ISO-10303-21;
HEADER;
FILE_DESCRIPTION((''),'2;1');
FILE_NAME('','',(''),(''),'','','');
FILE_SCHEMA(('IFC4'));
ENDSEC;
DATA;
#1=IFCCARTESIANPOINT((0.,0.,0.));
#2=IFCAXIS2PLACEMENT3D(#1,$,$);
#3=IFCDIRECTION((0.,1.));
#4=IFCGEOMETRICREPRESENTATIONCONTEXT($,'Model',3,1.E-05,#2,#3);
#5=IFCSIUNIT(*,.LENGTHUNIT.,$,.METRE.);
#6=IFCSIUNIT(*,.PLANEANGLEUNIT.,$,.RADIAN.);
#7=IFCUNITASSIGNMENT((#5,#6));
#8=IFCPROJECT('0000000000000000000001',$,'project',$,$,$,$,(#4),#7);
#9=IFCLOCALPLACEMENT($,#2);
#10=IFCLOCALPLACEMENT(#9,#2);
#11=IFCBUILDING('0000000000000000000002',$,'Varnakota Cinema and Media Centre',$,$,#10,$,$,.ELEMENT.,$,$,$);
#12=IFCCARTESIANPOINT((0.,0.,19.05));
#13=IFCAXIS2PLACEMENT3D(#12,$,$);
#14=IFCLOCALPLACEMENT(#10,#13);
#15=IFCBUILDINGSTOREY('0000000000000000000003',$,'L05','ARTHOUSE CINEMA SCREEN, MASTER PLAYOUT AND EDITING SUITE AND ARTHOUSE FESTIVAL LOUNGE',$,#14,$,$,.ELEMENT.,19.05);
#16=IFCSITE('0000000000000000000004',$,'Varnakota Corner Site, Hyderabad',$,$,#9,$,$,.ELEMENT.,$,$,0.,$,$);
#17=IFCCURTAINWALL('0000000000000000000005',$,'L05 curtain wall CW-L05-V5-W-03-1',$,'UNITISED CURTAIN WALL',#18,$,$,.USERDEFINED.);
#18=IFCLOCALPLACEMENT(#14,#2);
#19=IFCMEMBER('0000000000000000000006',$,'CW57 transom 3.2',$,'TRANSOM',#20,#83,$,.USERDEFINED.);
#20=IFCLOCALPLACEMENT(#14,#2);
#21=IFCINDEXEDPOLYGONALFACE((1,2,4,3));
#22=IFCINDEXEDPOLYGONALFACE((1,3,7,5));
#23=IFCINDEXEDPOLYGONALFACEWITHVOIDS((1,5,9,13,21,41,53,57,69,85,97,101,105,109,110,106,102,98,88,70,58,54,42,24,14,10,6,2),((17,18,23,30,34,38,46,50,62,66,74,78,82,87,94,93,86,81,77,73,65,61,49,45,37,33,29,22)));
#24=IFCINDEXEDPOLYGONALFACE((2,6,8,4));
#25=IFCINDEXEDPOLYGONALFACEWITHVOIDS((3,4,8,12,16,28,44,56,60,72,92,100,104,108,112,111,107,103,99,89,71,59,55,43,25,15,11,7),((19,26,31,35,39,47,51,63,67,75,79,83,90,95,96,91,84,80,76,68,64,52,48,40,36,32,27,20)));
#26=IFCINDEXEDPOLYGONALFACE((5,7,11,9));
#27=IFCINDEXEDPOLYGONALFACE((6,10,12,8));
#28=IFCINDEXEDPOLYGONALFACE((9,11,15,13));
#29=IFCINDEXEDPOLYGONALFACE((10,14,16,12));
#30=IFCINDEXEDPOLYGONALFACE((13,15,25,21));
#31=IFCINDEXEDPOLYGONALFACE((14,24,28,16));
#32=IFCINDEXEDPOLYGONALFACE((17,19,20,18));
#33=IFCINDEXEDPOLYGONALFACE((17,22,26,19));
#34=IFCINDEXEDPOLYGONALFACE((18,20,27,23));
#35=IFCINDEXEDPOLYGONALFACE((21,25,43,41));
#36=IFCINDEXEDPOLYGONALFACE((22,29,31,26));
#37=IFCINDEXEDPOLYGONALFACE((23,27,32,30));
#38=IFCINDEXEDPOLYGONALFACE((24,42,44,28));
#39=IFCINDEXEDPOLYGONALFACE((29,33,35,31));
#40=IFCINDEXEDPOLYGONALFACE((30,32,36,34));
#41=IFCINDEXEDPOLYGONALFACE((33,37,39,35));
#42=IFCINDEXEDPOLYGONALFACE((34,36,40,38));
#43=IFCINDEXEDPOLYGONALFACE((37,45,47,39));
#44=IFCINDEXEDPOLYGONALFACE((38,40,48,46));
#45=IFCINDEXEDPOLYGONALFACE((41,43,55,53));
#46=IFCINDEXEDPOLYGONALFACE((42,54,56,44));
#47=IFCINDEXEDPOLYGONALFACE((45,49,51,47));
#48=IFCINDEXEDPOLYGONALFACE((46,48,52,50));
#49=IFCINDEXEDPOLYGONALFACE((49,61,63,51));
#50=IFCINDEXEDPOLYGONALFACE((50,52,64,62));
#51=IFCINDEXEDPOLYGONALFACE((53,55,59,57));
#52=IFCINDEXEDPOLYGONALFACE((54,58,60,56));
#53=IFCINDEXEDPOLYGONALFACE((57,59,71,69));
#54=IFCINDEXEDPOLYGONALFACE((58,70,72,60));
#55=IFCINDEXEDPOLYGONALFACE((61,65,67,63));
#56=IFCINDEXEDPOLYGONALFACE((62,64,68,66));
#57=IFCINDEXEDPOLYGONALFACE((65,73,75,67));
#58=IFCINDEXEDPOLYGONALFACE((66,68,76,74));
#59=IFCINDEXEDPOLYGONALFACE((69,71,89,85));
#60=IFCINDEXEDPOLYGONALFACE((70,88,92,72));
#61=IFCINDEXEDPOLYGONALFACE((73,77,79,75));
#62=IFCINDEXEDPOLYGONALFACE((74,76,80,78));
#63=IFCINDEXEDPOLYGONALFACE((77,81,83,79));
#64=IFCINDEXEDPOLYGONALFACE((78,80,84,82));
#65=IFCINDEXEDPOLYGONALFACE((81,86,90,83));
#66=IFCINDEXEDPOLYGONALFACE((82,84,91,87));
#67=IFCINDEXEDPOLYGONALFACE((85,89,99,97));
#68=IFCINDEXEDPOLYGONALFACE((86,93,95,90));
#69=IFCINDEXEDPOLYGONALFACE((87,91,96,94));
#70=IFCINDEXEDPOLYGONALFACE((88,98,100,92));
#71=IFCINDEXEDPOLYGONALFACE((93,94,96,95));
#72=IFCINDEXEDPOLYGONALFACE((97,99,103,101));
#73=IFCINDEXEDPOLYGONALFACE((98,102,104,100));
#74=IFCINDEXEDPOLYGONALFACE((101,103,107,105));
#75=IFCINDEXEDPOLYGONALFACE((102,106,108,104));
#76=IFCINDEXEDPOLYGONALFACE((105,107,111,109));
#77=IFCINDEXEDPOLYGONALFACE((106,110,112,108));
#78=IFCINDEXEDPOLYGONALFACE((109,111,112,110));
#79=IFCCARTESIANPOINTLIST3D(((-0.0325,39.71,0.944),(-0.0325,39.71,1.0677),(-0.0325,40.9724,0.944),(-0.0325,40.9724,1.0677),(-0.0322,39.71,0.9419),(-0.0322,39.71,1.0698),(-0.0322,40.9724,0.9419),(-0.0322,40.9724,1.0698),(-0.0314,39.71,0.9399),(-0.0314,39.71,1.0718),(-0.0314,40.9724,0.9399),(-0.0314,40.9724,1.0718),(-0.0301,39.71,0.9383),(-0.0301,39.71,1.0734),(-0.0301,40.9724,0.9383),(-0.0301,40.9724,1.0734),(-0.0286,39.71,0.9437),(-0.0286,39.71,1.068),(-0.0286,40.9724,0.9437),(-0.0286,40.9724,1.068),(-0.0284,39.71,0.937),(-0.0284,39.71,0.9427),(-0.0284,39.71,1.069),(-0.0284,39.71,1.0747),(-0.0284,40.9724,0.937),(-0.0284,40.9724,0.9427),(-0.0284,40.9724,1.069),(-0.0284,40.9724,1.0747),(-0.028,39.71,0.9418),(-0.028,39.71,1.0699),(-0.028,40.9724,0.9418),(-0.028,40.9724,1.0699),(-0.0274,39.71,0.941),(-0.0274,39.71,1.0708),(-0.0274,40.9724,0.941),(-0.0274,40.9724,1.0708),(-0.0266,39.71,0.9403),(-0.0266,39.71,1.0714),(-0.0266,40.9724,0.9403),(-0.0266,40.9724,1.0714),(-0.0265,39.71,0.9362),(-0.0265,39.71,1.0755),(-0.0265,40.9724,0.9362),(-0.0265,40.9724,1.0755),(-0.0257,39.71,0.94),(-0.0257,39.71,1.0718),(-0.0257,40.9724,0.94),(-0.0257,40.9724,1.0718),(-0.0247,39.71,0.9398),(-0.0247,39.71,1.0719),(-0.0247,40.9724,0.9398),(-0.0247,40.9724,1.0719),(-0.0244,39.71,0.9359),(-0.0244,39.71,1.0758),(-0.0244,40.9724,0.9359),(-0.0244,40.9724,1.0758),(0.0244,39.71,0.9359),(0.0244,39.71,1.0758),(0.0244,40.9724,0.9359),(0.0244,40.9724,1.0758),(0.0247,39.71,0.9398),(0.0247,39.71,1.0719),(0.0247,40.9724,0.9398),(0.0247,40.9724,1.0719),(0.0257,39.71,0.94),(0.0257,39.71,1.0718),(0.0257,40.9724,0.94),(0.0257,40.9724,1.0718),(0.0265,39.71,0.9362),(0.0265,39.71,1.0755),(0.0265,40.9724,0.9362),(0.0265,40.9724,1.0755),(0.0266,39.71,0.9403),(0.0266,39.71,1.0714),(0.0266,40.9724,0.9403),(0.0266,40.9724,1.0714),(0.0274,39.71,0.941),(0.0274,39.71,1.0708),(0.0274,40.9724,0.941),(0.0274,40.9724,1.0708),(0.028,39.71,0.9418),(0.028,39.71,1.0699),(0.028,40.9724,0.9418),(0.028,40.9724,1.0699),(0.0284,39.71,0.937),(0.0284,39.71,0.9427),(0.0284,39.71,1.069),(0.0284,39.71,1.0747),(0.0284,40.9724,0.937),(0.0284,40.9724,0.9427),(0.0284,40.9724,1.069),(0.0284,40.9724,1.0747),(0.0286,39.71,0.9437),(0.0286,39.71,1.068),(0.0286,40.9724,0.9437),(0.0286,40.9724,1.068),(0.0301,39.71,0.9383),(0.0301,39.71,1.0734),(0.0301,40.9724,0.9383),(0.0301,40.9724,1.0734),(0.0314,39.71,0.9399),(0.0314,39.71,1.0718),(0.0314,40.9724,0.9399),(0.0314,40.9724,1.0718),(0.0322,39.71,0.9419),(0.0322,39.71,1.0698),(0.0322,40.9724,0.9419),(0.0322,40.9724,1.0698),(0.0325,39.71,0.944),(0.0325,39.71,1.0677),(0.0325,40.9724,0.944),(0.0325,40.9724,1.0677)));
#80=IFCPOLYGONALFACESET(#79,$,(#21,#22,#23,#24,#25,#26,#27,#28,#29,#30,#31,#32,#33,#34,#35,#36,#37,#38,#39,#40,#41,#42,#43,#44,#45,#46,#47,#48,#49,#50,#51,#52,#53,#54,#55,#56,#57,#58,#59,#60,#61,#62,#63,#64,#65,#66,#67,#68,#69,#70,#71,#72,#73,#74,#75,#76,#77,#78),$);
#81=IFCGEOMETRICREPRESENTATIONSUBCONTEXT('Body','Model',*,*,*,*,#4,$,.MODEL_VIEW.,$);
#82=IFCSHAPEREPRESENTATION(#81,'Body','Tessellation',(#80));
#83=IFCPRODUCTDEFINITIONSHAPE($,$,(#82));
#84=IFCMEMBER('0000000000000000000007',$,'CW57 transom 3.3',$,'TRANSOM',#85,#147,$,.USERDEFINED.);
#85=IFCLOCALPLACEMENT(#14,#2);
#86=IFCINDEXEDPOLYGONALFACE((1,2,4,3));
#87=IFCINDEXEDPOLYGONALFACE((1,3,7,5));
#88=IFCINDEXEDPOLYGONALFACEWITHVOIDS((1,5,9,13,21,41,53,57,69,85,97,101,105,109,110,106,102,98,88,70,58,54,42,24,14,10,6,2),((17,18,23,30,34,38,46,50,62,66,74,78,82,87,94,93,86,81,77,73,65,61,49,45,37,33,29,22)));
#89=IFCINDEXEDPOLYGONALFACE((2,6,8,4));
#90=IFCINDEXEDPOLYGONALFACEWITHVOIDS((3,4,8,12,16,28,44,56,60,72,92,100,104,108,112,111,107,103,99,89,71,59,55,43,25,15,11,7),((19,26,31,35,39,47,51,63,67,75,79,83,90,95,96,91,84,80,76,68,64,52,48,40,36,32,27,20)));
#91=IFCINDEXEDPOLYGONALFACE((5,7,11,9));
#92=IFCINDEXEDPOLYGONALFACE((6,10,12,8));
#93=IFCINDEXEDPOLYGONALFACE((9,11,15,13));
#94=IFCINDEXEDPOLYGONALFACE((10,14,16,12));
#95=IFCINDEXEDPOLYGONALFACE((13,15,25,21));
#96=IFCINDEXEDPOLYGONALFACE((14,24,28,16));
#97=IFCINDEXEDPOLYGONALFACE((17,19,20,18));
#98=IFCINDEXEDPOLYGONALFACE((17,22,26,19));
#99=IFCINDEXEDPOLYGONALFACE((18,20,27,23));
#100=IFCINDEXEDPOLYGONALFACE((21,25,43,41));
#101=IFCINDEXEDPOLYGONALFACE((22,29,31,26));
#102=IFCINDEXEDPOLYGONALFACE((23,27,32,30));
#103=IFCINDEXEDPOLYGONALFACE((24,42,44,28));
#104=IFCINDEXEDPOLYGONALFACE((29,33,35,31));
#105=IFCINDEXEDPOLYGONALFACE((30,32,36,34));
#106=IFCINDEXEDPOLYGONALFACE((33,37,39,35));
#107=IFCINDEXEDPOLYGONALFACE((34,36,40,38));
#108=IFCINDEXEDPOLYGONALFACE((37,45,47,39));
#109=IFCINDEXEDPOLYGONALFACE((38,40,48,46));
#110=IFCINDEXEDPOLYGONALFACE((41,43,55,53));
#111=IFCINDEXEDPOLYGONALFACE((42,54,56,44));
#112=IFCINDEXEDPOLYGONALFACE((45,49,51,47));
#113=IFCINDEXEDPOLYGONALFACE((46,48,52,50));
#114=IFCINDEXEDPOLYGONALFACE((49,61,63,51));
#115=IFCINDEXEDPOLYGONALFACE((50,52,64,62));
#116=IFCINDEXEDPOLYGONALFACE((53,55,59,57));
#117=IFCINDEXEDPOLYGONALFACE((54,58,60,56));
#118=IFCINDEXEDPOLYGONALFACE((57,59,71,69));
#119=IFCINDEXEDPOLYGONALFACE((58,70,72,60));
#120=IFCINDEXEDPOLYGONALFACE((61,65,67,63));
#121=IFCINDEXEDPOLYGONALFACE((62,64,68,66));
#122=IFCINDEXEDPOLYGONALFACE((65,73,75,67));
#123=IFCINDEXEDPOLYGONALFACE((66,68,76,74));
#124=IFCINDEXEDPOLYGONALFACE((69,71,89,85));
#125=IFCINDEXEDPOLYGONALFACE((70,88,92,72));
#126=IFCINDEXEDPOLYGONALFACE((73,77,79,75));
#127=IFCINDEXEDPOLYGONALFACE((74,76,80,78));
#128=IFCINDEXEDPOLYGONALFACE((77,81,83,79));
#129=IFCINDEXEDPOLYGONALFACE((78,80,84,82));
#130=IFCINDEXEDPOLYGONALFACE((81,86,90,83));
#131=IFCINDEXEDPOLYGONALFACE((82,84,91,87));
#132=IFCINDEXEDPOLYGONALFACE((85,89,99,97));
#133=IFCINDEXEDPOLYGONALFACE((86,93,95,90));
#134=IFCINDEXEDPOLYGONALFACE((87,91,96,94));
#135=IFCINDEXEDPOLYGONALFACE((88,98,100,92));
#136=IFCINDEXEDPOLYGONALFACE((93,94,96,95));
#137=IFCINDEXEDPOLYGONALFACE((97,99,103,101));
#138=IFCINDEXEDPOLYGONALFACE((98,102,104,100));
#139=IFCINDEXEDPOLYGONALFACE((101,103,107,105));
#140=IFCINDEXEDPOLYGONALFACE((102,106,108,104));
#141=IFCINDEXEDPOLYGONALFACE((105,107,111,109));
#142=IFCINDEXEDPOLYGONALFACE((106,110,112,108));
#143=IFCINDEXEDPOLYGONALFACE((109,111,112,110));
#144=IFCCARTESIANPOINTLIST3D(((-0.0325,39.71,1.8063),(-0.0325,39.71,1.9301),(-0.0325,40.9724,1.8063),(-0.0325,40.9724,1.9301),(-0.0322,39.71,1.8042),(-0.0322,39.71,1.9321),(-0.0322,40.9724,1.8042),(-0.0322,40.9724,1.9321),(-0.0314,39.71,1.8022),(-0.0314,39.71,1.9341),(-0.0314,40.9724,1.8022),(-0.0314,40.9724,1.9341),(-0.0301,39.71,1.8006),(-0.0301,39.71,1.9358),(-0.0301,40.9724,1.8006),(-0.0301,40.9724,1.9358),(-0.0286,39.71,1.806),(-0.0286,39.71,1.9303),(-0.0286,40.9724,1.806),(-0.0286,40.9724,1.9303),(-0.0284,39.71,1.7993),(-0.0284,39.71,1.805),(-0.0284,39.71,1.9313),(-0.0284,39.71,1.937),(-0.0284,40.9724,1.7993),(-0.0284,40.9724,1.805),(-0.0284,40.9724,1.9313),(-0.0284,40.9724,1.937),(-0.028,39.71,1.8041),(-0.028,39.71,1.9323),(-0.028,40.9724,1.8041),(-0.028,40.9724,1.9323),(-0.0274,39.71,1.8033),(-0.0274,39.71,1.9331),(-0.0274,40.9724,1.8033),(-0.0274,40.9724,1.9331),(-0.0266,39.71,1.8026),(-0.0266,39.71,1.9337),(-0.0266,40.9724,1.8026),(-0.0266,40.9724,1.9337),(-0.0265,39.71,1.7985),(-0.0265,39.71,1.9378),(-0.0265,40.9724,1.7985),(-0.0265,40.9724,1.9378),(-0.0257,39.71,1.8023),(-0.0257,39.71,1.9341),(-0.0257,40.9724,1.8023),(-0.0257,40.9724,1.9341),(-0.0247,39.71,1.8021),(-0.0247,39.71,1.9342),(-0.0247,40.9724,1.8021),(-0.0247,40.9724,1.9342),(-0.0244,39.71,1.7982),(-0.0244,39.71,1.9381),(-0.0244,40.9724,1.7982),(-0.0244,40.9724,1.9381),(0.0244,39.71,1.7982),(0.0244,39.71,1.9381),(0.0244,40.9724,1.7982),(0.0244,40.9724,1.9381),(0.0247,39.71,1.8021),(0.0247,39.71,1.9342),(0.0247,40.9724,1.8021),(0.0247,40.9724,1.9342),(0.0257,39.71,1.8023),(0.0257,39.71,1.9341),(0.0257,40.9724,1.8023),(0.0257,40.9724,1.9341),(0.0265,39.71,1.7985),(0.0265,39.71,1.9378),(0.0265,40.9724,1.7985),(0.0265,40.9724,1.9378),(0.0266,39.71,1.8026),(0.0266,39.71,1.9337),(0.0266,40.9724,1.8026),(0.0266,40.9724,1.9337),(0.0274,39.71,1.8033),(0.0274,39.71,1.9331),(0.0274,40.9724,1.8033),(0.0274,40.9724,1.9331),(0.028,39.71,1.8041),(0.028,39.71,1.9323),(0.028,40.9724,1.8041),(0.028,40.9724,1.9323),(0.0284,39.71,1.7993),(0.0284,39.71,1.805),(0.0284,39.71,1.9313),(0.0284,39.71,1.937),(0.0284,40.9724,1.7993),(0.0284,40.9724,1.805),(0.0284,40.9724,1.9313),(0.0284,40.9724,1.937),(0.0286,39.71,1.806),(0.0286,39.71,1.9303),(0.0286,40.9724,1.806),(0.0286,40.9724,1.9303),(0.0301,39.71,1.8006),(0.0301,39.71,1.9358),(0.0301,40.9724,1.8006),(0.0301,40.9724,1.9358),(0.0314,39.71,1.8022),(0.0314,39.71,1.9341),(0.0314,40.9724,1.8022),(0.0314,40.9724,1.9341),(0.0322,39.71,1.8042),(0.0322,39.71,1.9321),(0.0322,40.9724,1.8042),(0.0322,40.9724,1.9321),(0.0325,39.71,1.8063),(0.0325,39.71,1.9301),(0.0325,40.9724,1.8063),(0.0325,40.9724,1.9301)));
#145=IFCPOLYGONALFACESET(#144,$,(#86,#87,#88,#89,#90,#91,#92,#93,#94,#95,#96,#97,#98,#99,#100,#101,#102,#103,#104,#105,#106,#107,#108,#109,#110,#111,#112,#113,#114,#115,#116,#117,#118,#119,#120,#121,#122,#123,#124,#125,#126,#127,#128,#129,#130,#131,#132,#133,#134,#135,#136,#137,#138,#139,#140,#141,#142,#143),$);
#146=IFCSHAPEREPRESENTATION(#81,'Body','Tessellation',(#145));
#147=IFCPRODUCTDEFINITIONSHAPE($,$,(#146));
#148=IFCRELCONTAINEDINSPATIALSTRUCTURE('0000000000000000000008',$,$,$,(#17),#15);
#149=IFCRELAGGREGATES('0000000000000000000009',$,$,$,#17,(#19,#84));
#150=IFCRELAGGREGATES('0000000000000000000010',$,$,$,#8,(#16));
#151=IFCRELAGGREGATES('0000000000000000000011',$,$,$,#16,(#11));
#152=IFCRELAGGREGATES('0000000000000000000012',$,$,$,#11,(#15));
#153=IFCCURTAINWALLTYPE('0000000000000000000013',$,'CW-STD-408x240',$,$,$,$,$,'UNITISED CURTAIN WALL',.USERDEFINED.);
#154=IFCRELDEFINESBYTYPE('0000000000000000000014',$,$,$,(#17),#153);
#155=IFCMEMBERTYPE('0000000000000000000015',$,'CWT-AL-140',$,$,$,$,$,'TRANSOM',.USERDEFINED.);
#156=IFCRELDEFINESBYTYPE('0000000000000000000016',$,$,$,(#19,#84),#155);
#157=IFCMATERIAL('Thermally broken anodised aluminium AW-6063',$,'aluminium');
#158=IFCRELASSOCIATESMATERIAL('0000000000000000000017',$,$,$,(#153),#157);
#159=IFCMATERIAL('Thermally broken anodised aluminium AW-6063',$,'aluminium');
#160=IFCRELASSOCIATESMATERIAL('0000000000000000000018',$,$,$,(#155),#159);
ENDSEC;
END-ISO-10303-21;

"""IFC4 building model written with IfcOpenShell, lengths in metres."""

from ifc_helpers import new_model, si_unit, direction, frame, origin, origin_2d, place, context, subcontext, project, spatial, hollow_rectangle, extrude, material, material_profile, profile_set, type_object, element, aggregate, save


model = new_model("IFC4")

# Units and contexts
model_context = context("Model", 3, precision=1e-05, world=origin(), true_north=direction((0.0, 1.0)))
body_context = subcontext(model_context, "Body", "Model", "MODEL_VIEW")
ifc_project = project(units=[si_unit("LENGTHUNIT", "METRE"), si_unit("PLANEANGLEUNIT", "RADIAN")], contexts=[model_context])

# Site, building, storey
site_placement = place(None, origin())
site = spatial("IfcSite", under=ifc_project, at=site_placement, Name="Varnakota Corner Site, Hyderabad", CompositionType="ELEMENT", RefElevation=0.0)
building_placement = place(site_placement, origin())
building = spatial("IfcBuilding", under=site, at=building_placement, Name="Varnakota Cinema and Media Centre", CompositionType="ELEMENT")
storey_placement = place(building_placement, frame((0.0, 0.0, 19.05)))
storey = spatial("IfcBuildingStorey", under=building, at=storey_placement, Name="L05", Description="ARTHOUSE CINEMA SCREEN, MASTER PLAYOUT AND EDITING SUITE AND ARTHOUSE FESTIVAL LOUNGE", CompositionType="ELEMENT", Elevation=19.05)

# Curtain wall
ifc_material_1 = material(Name="Thermally broken anodised aluminium AW-6063", Category="aluminium")
curtain_wall_type = type_object("IfcCurtainWallType", Name="CW-STD-408x240", ElementType="UNITISED CURTAIN WALL", PredefinedType="USERDEFINED", material=ifc_material_1)
curtain_wall_1_placement = place(storey_placement, origin())
curtain_wall_1 = element("IfcCurtainWall", 1, at=curtain_wall_1_placement, inside=storey, type_object=curtain_wall_type, Name="L05 curtain wall CW-L05-V5-W-03-1", ObjectType="UNITISED CURTAIN WALL", PredefinedType="USERDEFINED")

# Members
ifc_material_2 = material(Name="Thermally broken anodised aluminium AW-6063", Category="aluminium")
ifc_material_profile_1 = material_profile(ifc_material_2, hollow_rectangle(XDim=0.0649, YDim=0.1399, WallThickness=0.0039, InnerFilletRadius=0.0039, OuterFilletRadius=0.0081, at=origin_2d()), Name="AL-TRANSOM 140x65x4")
ifc_profile_set_1 = profile_set([ifc_material_profile_1], Name="Thermally broken anodised aluminium AW-6063")
member_type_1 = type_object("IfcMemberType", Name="CWT-AL-140", ElementType="TRANSOM", PredefinedType="USERDEFINED", material=ifc_profile_set_1)
member_1_placement = place(storey_placement, frame((0.0, 40.9724, 1.0059), z_axis=(0.0, -1.0, 0.0), x_axis=(1.0, 0.0, 0.0)))
member_1 = element("IfcMember", 2, at=member_1_placement, type_object=member_type_1, Name="CW57 transom 3.2", ObjectType="TRANSOM", PredefinedType="USERDEFINED", context=body_context, shape_type="SweptSolid", body=[
    extrude(hollow_rectangle(XDim=0.0649, YDim=0.1399, WallThickness=0.0039, InnerFilletRadius=0.0039, OuterFilletRadius=0.0081, at=origin_2d()), origin(), (0.0, 0.0, 1.0), 1.2625),
])
member_2_placement = place(storey_placement, frame((0.0, 40.9724, 1.8682), z_axis=(0.0, -1.0, 0.0), x_axis=(1.0, 0.0, 0.0)))
member_2 = element("IfcMember", 3, at=member_2_placement, type_object=member_type_1, Name="CW57 transom 3.3", ObjectType="TRANSOM", PredefinedType="USERDEFINED", context=body_context, shape_type="SweptSolid", body=[
    extrude(hollow_rectangle(XDim=0.0649, YDim=0.1399, WallThickness=0.0039, InnerFilletRadius=0.0039, OuterFilletRadius=0.0081, at=origin_2d()), origin(), (0.0, 0.0, 1.0), 1.2625),
])

aggregate(curtain_wall_1, [member_1, member_2])

save(model, "model.ifc")
